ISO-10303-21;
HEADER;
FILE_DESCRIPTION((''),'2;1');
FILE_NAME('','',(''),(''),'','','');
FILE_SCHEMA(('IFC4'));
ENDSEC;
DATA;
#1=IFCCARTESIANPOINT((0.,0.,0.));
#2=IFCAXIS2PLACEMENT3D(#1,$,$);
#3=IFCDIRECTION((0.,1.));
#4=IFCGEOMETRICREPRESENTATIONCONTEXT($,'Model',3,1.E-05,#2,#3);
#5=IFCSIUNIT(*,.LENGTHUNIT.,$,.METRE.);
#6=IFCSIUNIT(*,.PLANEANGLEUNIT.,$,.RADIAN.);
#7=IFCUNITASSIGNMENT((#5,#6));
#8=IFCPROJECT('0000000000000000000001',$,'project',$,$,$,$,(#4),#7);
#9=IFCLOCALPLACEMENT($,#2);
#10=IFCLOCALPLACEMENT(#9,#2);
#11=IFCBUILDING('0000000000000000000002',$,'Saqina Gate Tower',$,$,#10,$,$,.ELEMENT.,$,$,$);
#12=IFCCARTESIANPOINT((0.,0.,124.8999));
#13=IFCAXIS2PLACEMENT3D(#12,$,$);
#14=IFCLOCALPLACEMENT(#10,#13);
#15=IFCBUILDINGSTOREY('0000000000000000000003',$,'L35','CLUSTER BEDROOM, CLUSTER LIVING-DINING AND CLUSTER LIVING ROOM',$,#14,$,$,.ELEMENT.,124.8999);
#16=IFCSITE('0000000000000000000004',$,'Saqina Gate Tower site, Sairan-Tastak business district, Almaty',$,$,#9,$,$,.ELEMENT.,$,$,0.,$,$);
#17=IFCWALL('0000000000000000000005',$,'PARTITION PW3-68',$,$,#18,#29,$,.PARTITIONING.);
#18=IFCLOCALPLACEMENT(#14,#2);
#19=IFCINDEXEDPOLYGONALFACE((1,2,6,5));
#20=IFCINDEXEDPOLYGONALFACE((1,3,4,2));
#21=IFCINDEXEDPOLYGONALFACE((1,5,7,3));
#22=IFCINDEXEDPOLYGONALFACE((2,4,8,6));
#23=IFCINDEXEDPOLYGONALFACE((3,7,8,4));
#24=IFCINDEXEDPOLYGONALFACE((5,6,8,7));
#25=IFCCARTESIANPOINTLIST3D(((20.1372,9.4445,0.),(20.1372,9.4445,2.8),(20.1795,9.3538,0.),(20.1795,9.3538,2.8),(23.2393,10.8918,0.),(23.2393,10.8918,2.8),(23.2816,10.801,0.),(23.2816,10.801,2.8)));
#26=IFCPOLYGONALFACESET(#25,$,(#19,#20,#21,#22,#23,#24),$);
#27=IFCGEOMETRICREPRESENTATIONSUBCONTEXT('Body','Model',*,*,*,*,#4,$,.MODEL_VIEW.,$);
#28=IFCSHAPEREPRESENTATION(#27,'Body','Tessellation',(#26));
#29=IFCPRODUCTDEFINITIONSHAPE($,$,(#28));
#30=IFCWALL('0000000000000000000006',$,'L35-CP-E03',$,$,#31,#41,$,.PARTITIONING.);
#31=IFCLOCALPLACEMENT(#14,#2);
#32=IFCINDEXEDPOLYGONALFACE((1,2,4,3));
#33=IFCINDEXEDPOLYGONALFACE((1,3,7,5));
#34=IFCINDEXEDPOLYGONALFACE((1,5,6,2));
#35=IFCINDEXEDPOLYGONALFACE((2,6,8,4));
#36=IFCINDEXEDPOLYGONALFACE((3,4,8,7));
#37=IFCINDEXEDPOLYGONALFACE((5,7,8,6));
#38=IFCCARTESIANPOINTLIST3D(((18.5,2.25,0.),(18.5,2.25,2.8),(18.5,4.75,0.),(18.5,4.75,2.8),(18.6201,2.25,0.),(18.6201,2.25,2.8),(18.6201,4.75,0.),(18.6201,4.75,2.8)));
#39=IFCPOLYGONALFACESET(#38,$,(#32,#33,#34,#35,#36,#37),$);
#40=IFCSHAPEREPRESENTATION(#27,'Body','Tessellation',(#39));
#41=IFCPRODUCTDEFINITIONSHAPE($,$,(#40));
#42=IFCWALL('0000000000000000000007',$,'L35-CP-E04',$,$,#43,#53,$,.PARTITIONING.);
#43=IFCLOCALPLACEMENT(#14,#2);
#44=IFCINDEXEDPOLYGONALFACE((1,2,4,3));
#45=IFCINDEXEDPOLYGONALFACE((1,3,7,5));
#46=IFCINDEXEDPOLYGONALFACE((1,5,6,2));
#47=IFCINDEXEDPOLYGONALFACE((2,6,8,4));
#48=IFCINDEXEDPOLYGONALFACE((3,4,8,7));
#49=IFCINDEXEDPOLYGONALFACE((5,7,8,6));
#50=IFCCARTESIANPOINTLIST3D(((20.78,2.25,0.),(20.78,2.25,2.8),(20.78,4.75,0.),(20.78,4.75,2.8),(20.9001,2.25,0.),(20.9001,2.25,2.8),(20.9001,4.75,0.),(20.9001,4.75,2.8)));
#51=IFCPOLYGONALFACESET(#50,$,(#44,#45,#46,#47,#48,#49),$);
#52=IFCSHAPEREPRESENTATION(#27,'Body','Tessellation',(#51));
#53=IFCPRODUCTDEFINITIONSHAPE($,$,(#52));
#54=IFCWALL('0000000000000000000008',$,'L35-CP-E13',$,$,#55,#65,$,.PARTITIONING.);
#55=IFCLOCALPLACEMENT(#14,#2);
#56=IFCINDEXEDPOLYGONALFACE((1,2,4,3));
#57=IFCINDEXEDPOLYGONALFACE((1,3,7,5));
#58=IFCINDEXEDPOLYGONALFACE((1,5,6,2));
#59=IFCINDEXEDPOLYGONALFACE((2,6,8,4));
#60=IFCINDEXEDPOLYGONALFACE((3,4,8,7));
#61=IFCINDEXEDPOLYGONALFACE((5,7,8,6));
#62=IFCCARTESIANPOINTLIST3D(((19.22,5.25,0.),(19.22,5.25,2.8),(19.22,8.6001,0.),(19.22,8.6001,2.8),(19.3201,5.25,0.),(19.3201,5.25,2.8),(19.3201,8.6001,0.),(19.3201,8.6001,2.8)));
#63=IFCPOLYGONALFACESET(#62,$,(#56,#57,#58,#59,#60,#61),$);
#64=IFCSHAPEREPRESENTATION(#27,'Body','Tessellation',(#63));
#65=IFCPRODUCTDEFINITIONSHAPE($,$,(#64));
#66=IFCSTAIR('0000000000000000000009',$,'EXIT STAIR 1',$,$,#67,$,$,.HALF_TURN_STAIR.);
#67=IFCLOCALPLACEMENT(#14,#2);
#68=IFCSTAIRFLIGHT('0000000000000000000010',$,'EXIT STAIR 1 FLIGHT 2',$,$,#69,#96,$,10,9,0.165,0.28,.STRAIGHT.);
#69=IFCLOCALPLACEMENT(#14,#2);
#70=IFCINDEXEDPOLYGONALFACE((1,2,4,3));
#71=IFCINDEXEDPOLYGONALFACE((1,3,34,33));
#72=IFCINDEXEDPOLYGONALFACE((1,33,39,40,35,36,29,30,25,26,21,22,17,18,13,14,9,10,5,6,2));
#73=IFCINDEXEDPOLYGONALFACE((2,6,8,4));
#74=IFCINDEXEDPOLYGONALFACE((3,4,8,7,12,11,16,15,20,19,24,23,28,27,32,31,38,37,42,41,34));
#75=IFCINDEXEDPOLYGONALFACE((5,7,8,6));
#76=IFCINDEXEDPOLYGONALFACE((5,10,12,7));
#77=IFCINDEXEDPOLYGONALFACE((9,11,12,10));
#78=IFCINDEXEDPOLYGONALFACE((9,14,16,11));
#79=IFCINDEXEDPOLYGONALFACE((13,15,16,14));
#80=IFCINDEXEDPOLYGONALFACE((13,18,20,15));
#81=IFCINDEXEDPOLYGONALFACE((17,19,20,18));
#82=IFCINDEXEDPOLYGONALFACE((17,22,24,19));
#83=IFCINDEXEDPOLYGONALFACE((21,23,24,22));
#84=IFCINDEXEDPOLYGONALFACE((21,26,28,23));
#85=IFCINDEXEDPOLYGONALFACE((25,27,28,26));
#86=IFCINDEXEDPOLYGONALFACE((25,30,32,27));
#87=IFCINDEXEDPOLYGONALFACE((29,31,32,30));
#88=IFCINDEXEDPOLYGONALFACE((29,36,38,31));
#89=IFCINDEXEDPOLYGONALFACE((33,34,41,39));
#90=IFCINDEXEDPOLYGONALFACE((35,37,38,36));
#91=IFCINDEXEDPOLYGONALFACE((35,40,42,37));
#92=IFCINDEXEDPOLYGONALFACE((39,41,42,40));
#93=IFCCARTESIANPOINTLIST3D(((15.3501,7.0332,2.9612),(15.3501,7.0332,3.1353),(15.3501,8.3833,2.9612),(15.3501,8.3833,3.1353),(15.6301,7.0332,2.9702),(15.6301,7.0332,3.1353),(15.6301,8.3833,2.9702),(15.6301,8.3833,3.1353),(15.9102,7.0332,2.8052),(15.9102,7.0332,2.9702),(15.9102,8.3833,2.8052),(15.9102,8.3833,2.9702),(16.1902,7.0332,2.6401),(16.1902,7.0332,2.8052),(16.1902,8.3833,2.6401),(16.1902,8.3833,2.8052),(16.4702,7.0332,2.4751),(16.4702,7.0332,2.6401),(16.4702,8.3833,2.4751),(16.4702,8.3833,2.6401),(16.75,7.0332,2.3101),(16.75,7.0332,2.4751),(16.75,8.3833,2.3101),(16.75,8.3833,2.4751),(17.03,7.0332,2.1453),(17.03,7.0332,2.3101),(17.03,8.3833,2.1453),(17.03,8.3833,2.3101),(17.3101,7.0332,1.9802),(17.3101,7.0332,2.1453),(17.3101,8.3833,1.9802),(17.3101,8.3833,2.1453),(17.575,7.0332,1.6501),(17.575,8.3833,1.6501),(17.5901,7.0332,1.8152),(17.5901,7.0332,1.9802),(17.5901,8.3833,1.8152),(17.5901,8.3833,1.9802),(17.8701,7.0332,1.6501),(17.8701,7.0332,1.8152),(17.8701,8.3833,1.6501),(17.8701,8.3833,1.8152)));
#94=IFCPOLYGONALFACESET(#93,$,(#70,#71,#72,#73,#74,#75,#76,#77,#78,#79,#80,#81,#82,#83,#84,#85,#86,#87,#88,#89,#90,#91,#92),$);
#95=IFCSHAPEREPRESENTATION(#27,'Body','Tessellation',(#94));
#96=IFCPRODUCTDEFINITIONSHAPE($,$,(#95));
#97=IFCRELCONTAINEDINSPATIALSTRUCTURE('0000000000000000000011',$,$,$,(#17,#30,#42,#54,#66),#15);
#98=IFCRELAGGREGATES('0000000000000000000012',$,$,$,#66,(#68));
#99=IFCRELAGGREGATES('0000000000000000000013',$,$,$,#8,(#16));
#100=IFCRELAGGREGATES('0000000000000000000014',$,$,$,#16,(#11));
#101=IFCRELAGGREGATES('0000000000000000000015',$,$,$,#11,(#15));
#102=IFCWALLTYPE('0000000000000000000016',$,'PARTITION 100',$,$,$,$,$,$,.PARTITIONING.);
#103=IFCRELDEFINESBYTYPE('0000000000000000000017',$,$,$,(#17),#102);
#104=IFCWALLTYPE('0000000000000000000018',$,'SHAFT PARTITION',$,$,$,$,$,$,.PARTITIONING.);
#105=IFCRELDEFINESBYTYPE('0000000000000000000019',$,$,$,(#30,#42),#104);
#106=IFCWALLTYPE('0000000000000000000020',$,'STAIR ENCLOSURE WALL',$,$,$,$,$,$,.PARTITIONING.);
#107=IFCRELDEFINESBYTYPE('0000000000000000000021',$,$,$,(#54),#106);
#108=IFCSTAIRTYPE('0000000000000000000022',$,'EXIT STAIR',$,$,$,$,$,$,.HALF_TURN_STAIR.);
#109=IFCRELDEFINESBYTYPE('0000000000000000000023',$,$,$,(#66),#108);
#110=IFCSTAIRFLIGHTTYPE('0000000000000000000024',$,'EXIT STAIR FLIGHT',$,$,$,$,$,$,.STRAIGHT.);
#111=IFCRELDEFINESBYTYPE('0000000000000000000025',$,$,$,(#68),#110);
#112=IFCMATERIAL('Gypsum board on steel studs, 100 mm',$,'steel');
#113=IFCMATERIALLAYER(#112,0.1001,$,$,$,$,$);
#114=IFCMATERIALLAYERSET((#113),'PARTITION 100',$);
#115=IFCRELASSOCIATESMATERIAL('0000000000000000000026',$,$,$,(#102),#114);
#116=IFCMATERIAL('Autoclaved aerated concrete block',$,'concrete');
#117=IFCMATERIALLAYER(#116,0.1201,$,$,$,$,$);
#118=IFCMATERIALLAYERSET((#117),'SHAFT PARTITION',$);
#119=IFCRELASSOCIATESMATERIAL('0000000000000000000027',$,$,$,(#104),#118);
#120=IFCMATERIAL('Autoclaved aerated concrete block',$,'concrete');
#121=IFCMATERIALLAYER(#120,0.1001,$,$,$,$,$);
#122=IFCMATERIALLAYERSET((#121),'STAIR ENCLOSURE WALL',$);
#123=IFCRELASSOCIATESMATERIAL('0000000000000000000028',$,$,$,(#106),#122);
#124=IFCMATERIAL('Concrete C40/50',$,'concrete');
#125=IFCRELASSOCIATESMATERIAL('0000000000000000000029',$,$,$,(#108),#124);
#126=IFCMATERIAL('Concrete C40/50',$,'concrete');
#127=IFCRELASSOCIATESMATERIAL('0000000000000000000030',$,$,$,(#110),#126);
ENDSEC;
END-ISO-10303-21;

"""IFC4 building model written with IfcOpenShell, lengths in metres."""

from ifc_helpers import new_model, si_unit, direction, frame, frame_2d, origin, place, context, subcontext, project, spatial, polyline, rectangle, outline, extrude, material, layer, layer_set, type_object, element, aggregate, save


model = new_model("IFC4")

# Units and contexts
model_context = context("Model", 3, precision=1e-05, world=origin(), true_north=direction((0.0, 1.0)))
body_context = subcontext(model_context, "Body", "Model", "MODEL_VIEW")
ifc_project = project(units=[si_unit("LENGTHUNIT", "METRE"), si_unit("PLANEANGLEUNIT", "RADIAN")], contexts=[model_context])

# Site, building, storey
site_placement = place(None, origin())
site = spatial("IfcSite", under=ifc_project, at=site_placement, Name="Saqina Gate Tower site, Sairan-Tastak business district, Almaty", CompositionType="ELEMENT", RefElevation=0.0)
building_placement = place(site_placement, origin())
building = spatial("IfcBuilding", under=site, at=building_placement, Name="Saqina Gate Tower", CompositionType="ELEMENT")
storey_placement = place(building_placement, frame((0.0, 0.0, 124.8999)))
storey = spatial("IfcBuildingStorey", under=building, at=storey_placement, Name="L35", Description="CLUSTER BEDROOM, CLUSTER LIVING-DINING AND CLUSTER LIVING ROOM", CompositionType="ELEMENT", Elevation=124.8999)

# Walls
ifc_material_1 = material(Name="Gypsum board on steel studs, 100 mm", Category="steel")
ifc_layer_1 = layer(ifc_material_1, 0.1001)
ifc_layer_set_1 = layer_set([ifc_layer_1], Name="PARTITION 100")
wall_type_1 = type_object("IfcWallType", Name="PARTITION 100", PredefinedType="PARTITIONING", material=ifc_layer_set_1)
wall_1_placement = place(storey_placement, frame((20.1584, 9.3992, 0.0), z_axis=(0.0, 0.0, 1.0), x_axis=(0.906223, 0.4228, 0.0)))
element("IfcWall", 1, at=wall_1_placement, inside=storey, type_object=wall_type_1, Name="PARTITION PW3-68", PredefinedType="PARTITIONING", context=body_context, shape_type="SweptSolid", body=[
    extrude(rectangle(XDim=3.4231, YDim=0.1001, at=frame_2d((1.7114, 0.0))), origin(), (0.0, 0.0, 1.0), 2.8),
])
ifc_material_2 = material(Name="Autoclaved aerated concrete block", Category="concrete")
ifc_layer_2 = layer(ifc_material_2, 0.1201)
ifc_layer_set_2 = layer_set([ifc_layer_2], Name="SHAFT PARTITION")
wall_type_2 = type_object("IfcWallType", Name="SHAFT PARTITION", PredefinedType="PARTITIONING", material=ifc_layer_set_2)
for number, where, z_axis, x_axis, name in (
    (2, (18.5601, 2.25, 0.0), (0.0, 0.0, 1.0), (0.0, 1.0, 0.0), "L35-CP-E03"),
    (3, (20.8401, 2.25, 0.0), (0.0, 0.0, 1.0), (0.0, 1.0, 0.0), "L35-CP-E04"),
):
    element("IfcWall", number, at=place(storey_placement, frame(where, z_axis=z_axis, x_axis=x_axis)), inside=storey, type_object=wall_type_2, Name=name, PredefinedType="PARTITIONING", context=body_context, shape_type="SweptSolid", body=[
        extrude(rectangle(XDim=2.5, YDim=0.1201, at=frame_2d((1.25, 0.0))), origin(), (0.0, 0.0, 1.0), 2.8),
    ])
ifc_material_3 = material(Name="Autoclaved aerated concrete block", Category="concrete")
ifc_layer_3 = layer(ifc_material_3, 0.1001)
ifc_layer_set_3 = layer_set([ifc_layer_3], Name="STAIR ENCLOSURE WALL")
wall_type_3 = type_object("IfcWallType", Name="STAIR ENCLOSURE WALL", PredefinedType="PARTITIONING", material=ifc_layer_set_3)
wall_2_placement = place(storey_placement, frame((19.27, 5.25, 0.0), z_axis=(0.0, 0.0, 1.0), x_axis=(0.0, 1.0, 0.0)))
element("IfcWall", 4, at=wall_2_placement, inside=storey, type_object=wall_type_3, Name="L35-CP-E13", PredefinedType="PARTITIONING", context=body_context, shape_type="SweptSolid", body=[
    extrude(rectangle(XDim=3.3501, YDim=0.1001, at=frame_2d((1.675, 0.0))), origin(), (0.0, 0.0, 1.0), 2.8),
])

# Stair, stair flight
ifc_material_4 = material(Name="Concrete C40/50", Category="concrete")
stair_type = type_object("IfcStairType", Name="EXIT STAIR", PredefinedType="HALF_TURN_STAIR", material=ifc_material_4)
stair_placement = place(storey_placement, origin())
stair = element("IfcStair", 5, at=stair_placement, inside=storey, type_object=stair_type, Name="EXIT STAIR 1", PredefinedType="HALF_TURN_STAIR")
ifc_material_5 = material(Name="Concrete C40/50", Category="concrete")
stair_flight_type = type_object("IfcStairFlightType", Name="EXIT STAIR FLIGHT", PredefinedType="STRAIGHT", material=ifc_material_5)
stair_flight_placement = place(storey_placement, frame((17.8701, 7.7083, 1.6501), z_axis=(0.0, 0.0, 1.0), x_axis=(-1.0, 0.0, 0.0)))
stair_flight = element("IfcStairFlight", 6, at=stair_flight_placement, type_object=stair_flight_type, Name="EXIT STAIR 1 FLIGHT 2", NumberOfRisers=10, NumberOfTreads=9, PredefinedType="STRAIGHT", RiserHeight=0.165, TreadLength=0.28, context=body_context, shape_type="SweptSolid", body=[
    extrude(outline(polyline([(0.0, 0.0), (0.0, 0.165), (0.28, 0.165), (0.28, 0.3301), (0.5601, 0.3301), (0.5601, 0.4951), (0.8401, 0.4951), (0.8401, 0.6599), (1.1201, 0.6599), (1.1201, 0.825), (1.3999, 0.825), (1.3999, 0.99), (1.6799, 0.99), (1.6799, 1.155), (1.96, 1.155), (1.96, 1.3201), (2.24, 1.3201), (2.24, 1.4851), (2.52, 1.4851), (2.52, 1.6499), (2.52, 1.311), (0.2952, 0.0), (0.0, 0.0)])), frame((0.0, 0.675, 0.0), z_axis=(0.0, -1.0, 0.0), x_axis=(1.0, 0.0, 0.0)), (0.0, 0.0, 1.0), 1.3501),
])
aggregate(stair, [stair_flight])

save(model, "model.ifc")
